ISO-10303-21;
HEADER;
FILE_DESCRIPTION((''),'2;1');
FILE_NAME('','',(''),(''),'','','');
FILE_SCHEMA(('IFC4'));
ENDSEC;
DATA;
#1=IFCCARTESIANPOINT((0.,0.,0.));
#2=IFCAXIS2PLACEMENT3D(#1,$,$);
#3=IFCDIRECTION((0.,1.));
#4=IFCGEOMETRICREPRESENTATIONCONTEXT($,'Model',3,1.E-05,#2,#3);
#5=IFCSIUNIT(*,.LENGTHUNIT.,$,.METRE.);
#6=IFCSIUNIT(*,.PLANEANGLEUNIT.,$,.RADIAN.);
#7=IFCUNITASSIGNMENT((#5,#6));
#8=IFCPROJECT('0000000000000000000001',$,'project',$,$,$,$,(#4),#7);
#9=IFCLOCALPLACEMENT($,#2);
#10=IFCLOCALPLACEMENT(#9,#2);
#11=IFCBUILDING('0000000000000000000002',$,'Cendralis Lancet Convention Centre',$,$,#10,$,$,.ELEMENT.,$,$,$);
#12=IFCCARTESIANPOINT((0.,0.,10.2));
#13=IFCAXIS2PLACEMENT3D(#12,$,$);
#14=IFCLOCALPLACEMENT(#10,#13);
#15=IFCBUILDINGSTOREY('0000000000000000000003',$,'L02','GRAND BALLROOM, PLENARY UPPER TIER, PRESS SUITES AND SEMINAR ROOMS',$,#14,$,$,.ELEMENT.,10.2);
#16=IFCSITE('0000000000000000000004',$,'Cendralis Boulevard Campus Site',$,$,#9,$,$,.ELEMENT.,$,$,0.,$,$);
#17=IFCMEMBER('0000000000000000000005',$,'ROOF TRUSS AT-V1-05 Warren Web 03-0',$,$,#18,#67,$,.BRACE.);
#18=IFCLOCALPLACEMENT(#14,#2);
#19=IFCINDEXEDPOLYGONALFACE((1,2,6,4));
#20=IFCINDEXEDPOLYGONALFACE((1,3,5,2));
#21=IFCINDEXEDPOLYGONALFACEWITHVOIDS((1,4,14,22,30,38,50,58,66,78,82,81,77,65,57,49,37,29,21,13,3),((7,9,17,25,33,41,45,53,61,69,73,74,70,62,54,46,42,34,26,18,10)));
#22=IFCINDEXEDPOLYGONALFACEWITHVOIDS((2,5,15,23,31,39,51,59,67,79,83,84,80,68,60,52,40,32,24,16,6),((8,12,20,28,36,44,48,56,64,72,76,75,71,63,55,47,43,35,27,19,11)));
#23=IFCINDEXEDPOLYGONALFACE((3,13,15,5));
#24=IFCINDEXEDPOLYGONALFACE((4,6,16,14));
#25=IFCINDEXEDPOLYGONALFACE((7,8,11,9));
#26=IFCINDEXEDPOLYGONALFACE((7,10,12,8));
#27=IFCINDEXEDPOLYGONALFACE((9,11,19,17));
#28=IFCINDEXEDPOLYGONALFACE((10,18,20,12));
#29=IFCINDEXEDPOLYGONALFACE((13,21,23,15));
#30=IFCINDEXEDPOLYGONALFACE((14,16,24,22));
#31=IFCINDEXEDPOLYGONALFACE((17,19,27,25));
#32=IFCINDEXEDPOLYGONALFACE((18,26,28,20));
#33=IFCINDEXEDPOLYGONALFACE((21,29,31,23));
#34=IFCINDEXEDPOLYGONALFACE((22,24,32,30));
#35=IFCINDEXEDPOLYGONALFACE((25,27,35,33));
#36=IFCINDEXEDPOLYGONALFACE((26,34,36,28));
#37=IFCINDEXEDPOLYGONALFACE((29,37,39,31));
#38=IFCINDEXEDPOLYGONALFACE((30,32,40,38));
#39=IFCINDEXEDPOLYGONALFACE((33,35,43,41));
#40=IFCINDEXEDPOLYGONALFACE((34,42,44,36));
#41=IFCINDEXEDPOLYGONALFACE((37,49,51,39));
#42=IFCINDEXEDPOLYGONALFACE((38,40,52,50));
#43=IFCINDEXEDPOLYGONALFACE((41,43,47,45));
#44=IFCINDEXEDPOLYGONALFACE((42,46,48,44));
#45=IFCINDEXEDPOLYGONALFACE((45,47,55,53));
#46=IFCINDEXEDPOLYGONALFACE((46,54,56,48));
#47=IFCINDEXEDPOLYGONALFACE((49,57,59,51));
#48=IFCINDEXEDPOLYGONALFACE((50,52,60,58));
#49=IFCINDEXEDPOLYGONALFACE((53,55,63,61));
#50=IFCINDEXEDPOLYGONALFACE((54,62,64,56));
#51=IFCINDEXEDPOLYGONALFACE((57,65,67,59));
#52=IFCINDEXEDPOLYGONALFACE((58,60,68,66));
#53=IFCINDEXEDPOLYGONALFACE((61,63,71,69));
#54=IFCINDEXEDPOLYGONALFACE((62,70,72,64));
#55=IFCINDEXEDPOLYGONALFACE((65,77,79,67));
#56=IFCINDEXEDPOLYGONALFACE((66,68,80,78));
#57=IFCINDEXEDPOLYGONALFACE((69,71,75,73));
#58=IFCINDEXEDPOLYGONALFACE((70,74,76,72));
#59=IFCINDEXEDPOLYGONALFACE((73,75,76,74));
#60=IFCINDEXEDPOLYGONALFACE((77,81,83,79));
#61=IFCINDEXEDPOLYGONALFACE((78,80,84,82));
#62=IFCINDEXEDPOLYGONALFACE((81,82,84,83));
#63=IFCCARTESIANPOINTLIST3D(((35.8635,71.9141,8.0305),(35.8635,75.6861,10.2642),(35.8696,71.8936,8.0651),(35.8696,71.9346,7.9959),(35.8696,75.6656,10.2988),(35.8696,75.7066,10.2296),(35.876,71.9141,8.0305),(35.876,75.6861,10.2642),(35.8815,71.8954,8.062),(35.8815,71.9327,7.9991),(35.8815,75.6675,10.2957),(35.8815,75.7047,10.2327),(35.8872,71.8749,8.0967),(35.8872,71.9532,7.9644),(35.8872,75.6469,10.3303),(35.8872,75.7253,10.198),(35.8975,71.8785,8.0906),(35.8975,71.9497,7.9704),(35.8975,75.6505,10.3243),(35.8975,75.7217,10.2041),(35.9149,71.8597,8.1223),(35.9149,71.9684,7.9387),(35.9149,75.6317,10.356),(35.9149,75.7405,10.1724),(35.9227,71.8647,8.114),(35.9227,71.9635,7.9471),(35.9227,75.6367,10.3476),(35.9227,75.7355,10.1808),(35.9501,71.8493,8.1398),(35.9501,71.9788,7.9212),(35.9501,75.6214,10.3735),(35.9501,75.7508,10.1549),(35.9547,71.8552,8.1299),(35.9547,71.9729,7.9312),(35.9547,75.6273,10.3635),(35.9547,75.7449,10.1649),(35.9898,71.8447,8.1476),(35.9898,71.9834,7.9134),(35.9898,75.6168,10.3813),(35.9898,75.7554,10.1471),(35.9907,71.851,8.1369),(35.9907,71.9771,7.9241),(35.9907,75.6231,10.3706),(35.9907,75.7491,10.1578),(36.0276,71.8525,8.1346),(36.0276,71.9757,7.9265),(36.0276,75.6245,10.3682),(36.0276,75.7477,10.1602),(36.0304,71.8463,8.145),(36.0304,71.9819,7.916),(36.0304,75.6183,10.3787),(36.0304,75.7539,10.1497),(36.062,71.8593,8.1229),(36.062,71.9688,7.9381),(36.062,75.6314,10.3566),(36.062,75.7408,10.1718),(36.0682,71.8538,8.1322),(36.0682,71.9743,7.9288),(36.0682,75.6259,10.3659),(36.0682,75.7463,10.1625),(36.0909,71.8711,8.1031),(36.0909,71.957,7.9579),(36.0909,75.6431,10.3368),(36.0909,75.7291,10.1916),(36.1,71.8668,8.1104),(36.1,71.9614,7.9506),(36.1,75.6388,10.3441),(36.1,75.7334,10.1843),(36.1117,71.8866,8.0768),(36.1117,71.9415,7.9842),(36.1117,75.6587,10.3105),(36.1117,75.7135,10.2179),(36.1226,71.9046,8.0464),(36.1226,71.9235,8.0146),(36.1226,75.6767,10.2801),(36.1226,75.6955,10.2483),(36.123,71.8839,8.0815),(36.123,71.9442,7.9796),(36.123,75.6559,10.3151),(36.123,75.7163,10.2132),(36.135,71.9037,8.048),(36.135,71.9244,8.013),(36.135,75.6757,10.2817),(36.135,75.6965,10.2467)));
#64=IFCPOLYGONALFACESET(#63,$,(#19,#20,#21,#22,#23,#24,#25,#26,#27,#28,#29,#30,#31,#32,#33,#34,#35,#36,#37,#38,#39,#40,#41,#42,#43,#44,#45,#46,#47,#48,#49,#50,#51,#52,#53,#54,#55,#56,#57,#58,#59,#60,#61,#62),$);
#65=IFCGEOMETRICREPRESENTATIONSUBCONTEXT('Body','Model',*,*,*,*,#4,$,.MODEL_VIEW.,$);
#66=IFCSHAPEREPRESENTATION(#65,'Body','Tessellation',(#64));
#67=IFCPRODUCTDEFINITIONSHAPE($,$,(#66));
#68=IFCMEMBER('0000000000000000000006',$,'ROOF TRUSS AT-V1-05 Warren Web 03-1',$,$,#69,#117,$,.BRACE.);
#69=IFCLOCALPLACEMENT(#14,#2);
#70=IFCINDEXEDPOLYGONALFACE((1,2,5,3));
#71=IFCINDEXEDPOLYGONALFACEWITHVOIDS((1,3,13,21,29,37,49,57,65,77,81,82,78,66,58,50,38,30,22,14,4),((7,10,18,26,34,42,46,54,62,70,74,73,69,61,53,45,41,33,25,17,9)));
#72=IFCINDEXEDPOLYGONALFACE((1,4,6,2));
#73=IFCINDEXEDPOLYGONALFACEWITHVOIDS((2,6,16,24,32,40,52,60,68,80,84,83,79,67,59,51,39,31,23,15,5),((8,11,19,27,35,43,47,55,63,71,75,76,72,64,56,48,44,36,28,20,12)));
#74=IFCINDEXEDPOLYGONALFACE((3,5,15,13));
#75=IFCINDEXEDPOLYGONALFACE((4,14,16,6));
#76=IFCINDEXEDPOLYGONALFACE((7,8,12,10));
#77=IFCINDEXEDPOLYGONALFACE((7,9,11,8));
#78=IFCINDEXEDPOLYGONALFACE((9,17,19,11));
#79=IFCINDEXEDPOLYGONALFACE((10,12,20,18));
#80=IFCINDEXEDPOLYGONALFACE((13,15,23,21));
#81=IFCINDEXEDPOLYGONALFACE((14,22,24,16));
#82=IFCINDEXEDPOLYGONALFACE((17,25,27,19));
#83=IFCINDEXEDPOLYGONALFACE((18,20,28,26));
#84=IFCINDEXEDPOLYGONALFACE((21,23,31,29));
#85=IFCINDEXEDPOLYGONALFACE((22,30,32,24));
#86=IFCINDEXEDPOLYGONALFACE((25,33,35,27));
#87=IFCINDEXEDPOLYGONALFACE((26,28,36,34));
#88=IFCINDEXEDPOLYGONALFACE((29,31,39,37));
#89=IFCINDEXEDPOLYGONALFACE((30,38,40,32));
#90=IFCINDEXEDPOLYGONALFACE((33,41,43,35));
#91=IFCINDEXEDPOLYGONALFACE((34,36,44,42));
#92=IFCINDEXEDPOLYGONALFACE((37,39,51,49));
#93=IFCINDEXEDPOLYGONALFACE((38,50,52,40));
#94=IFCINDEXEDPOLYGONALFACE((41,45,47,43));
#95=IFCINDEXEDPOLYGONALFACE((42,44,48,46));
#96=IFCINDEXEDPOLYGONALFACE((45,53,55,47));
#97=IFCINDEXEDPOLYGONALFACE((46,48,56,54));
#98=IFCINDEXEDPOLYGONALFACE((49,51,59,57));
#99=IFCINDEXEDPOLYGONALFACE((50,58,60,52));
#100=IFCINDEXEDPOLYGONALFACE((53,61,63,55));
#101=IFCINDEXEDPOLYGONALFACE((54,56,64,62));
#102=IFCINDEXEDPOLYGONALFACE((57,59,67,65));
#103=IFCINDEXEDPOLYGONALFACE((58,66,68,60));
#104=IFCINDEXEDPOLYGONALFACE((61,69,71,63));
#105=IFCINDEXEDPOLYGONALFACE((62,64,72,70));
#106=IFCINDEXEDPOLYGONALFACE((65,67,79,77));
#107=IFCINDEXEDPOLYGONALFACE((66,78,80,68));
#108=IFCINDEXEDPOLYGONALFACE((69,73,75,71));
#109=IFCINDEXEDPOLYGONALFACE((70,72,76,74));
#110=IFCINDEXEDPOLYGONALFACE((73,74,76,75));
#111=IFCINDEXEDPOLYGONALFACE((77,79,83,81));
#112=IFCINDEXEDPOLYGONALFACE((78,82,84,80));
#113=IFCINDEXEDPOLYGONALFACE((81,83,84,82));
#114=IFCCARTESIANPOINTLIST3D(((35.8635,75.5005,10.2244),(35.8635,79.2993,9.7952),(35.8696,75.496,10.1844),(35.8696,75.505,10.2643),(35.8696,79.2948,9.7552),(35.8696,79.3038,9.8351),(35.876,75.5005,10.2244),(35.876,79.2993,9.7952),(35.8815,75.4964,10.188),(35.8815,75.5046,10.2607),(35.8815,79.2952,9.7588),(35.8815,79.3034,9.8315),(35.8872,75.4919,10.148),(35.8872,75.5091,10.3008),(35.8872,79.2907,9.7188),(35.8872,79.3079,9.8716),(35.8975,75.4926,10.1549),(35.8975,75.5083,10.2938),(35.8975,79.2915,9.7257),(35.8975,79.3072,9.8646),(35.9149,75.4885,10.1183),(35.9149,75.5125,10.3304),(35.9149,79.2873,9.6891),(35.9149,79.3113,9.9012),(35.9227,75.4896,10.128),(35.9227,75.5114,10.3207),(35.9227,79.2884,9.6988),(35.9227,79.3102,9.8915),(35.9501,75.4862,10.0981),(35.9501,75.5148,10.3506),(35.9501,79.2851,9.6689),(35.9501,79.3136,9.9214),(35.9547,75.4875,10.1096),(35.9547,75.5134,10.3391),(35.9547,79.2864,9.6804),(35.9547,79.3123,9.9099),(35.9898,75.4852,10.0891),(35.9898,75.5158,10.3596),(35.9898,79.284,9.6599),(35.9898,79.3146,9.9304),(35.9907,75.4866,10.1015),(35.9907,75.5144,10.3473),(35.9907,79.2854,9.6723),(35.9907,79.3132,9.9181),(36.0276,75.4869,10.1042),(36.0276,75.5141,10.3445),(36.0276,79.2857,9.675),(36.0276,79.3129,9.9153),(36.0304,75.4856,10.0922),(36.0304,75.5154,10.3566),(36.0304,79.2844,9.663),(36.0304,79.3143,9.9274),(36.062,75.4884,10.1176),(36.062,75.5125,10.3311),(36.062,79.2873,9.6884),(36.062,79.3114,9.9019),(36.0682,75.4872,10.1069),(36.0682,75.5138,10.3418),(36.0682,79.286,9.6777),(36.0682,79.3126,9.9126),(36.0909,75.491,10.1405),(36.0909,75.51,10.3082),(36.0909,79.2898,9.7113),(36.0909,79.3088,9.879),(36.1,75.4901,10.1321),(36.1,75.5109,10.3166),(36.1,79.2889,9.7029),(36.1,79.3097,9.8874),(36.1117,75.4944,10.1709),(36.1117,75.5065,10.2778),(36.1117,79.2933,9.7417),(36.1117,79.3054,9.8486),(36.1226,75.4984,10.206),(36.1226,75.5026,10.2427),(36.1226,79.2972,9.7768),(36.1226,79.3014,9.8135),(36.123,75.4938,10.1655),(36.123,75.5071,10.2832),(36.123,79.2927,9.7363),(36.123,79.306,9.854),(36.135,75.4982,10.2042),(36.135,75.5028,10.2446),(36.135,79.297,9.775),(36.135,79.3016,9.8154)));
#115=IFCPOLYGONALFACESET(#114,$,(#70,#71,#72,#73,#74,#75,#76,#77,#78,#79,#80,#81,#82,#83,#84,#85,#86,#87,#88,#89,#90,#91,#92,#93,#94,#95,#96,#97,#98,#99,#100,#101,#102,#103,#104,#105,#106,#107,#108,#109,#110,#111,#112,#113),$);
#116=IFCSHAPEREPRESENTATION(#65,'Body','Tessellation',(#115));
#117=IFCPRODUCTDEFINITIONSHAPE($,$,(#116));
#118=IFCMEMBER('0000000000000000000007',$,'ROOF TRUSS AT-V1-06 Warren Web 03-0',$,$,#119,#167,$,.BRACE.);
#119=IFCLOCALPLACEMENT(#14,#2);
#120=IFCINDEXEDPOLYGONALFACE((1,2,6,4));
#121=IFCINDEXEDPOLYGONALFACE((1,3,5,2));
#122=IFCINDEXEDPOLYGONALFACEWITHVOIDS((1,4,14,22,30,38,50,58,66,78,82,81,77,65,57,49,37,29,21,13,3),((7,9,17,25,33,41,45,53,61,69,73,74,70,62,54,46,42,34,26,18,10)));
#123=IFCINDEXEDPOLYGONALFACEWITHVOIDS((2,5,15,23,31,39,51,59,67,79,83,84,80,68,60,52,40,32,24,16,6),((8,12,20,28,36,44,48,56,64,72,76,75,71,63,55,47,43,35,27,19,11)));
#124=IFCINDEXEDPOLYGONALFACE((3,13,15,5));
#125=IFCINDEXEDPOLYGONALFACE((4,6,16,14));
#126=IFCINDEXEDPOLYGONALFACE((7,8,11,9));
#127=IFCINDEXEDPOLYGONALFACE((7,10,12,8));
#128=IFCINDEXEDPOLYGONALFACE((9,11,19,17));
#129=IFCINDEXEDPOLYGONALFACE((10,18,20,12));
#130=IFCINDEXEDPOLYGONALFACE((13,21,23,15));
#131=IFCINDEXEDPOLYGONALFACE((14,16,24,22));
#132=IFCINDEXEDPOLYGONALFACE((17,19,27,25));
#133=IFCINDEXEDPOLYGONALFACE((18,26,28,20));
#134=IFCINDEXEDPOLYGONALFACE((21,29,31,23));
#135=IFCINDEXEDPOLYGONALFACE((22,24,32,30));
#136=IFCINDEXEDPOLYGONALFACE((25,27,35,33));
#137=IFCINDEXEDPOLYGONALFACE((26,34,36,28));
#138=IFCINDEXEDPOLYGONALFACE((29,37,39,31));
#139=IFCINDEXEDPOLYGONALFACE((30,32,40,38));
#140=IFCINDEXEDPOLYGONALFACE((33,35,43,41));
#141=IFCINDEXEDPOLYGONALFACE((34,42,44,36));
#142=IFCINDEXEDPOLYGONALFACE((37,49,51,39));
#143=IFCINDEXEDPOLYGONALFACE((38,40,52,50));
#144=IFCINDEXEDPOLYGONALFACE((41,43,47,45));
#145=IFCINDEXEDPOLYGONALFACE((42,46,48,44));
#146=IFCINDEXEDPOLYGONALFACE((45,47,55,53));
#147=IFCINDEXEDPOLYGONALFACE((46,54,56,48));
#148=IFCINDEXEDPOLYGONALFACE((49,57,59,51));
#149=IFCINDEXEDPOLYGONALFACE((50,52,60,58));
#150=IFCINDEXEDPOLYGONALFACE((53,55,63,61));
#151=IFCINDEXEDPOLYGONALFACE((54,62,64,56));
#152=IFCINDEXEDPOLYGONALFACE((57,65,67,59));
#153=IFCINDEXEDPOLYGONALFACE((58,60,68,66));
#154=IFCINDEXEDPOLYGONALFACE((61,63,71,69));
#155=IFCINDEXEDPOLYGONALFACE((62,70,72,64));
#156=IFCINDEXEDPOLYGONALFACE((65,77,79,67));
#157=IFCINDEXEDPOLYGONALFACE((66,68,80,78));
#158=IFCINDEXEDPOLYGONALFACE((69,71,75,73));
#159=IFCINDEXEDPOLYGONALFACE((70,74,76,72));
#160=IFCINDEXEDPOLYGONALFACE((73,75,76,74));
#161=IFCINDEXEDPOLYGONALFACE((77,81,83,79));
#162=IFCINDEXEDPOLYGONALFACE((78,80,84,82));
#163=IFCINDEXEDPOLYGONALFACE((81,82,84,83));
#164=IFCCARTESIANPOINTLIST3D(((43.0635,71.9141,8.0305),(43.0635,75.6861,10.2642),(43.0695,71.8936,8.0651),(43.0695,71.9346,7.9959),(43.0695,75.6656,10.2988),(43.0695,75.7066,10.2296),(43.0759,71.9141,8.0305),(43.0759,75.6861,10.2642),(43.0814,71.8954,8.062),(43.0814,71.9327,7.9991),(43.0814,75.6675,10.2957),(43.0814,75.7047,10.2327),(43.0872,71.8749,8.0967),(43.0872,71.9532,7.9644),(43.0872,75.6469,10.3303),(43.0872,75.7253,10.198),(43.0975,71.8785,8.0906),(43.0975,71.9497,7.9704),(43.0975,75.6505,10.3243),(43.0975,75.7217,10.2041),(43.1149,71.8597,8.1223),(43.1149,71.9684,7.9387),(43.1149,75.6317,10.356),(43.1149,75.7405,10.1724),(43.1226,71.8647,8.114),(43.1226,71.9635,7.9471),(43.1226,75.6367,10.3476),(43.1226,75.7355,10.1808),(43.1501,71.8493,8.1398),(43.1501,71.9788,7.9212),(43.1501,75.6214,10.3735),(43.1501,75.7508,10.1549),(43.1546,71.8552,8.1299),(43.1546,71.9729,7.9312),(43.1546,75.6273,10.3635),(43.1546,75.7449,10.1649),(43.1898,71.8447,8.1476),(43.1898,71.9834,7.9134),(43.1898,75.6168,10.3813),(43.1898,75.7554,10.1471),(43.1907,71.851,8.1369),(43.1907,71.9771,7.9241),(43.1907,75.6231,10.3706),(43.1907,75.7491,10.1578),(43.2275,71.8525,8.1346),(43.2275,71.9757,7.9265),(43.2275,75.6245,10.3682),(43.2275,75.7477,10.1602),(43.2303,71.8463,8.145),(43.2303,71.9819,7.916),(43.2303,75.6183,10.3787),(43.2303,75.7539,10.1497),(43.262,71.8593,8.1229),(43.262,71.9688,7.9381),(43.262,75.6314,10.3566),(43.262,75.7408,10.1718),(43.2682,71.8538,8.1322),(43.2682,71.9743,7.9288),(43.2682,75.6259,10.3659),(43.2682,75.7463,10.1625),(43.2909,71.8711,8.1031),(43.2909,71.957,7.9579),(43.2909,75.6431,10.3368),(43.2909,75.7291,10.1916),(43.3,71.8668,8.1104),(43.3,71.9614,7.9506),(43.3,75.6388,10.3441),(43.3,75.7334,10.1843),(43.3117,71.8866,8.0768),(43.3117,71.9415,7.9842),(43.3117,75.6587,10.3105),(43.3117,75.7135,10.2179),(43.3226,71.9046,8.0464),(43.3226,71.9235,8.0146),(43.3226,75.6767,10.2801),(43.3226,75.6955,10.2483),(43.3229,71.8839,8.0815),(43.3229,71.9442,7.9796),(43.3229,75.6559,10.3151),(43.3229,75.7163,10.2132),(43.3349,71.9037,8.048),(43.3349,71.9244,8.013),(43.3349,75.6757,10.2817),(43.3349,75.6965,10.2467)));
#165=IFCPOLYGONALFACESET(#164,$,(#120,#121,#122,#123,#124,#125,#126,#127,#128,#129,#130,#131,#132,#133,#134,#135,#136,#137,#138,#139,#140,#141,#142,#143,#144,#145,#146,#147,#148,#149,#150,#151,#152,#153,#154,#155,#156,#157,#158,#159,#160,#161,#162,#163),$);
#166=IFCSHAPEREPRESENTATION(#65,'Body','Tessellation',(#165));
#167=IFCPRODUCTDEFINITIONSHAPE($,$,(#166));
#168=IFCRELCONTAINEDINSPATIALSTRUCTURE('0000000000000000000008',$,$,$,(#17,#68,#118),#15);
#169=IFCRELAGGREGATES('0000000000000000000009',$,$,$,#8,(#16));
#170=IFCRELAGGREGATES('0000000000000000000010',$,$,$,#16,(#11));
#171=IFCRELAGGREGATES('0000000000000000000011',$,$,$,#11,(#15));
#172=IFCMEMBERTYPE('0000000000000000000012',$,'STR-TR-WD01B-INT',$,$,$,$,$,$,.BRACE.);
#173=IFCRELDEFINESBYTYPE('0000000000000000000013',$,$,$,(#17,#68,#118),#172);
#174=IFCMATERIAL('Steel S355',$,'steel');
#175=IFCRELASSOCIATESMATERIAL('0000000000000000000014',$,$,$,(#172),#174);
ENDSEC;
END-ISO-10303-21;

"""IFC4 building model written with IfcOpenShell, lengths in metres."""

from ifc_helpers import new_model, si_unit, direction, frame, origin, origin_2d, place, context, subcontext, project, spatial, hollow_circle, extrude, material, material_profile, profile_set, type_object, element, save


model = new_model("IFC4")

# Units and contexts
model_context = context("Model", 3, precision=1e-05, world=origin(), true_north=direction((0.0, 1.0)))
body_context = subcontext(model_context, "Body", "Model", "MODEL_VIEW")
ifc_project = project(units=[si_unit("LENGTHUNIT", "METRE"), si_unit("PLANEANGLEUNIT", "RADIAN")], contexts=[model_context])

# Site, building, storey
site_placement = place(None, origin())
site = spatial("IfcSite", under=ifc_project, at=site_placement, Name="Cendralis Boulevard Campus Site", CompositionType="ELEMENT", RefElevation=0.0)
building_placement = place(site_placement, origin())
building = spatial("IfcBuilding", under=site, at=building_placement, Name="Cendralis Lancet Convention Centre", CompositionType="ELEMENT")
storey_placement = place(building_placement, frame((0.0, 0.0, 10.2)))
storey = spatial("IfcBuildingStorey", under=building, at=storey_placement, Name="L02", Description="GRAND BALLROOM, PLENARY UPPER TIER, PRESS SUITES AND SEMINAR ROOMS", CompositionType="ELEMENT", Elevation=10.2)

# Members
ifc_material = material(Name="Steel S355", Category="steel")
ifc_material_profile_1 = material_profile(ifc_material, hollow_circle(Radius=0.1365, WallThickness=0.0125, at=origin_2d()), Name="CHS 273.0x12.5")
ifc_profile_set_1 = profile_set([ifc_material_profile_1], Name="Steel S355")
member_type_1 = type_object("IfcMemberType", Name="STR-TR-WD01B-INT", PredefinedType="BRACE", material=ifc_profile_set_1)
member_1_placement = place(storey_placement, frame((36.0, 71.9141, 8.0305), z_axis=(0.0, 0.860452, 0.509532), x_axis=(-1.0, 0.0, 0.0)))
element("IfcMember", 1, at=member_1_placement, inside=storey, type_object=member_type_1, Name="ROOF TRUSS AT-V1-05 Warren Web 03-0", PredefinedType="BRACE", context=body_context, shape_type="SweptSolid", body=[
    extrude(hollow_circle(Radius=0.1365, WallThickness=0.0125, at=origin_2d()), origin(), (0.0, 0.0, 1.0), 4.3838),
])
member_2_placement = place(storey_placement, frame((36.0, 75.5005, 10.2244), z_axis=(0.0, 0.993678, -0.112268), x_axis=(-1.0, 0.0, 0.0)))
element("IfcMember", 2, at=member_2_placement, inside=storey, type_object=member_type_1, Name="ROOF TRUSS AT-V1-05 Warren Web 03-1", PredefinedType="BRACE", context=body_context, shape_type="SweptSolid", body=[
    extrude(hollow_circle(Radius=0.1365, WallThickness=0.0125, at=origin_2d()), origin(), (0.0, 0.0, 1.0), 3.823),
])
member_3_placement = place(storey_placement, frame((43.2, 71.9141, 8.0305), z_axis=(0.0, 0.860452, 0.509532), x_axis=(-1.0, 0.0, 0.0)))
element("IfcMember", 3, at=member_3_placement, inside=storey, type_object=member_type_1, Name="ROOF TRUSS AT-V1-06 Warren Web 03-0", PredefinedType="BRACE", context=body_context, shape_type="SweptSolid", body=[
    extrude(hollow_circle(Radius=0.1365, WallThickness=0.0125, at=origin_2d()), origin(), (0.0, 0.0, 1.0), 4.3838),
])

save(model, "model.ifc")
